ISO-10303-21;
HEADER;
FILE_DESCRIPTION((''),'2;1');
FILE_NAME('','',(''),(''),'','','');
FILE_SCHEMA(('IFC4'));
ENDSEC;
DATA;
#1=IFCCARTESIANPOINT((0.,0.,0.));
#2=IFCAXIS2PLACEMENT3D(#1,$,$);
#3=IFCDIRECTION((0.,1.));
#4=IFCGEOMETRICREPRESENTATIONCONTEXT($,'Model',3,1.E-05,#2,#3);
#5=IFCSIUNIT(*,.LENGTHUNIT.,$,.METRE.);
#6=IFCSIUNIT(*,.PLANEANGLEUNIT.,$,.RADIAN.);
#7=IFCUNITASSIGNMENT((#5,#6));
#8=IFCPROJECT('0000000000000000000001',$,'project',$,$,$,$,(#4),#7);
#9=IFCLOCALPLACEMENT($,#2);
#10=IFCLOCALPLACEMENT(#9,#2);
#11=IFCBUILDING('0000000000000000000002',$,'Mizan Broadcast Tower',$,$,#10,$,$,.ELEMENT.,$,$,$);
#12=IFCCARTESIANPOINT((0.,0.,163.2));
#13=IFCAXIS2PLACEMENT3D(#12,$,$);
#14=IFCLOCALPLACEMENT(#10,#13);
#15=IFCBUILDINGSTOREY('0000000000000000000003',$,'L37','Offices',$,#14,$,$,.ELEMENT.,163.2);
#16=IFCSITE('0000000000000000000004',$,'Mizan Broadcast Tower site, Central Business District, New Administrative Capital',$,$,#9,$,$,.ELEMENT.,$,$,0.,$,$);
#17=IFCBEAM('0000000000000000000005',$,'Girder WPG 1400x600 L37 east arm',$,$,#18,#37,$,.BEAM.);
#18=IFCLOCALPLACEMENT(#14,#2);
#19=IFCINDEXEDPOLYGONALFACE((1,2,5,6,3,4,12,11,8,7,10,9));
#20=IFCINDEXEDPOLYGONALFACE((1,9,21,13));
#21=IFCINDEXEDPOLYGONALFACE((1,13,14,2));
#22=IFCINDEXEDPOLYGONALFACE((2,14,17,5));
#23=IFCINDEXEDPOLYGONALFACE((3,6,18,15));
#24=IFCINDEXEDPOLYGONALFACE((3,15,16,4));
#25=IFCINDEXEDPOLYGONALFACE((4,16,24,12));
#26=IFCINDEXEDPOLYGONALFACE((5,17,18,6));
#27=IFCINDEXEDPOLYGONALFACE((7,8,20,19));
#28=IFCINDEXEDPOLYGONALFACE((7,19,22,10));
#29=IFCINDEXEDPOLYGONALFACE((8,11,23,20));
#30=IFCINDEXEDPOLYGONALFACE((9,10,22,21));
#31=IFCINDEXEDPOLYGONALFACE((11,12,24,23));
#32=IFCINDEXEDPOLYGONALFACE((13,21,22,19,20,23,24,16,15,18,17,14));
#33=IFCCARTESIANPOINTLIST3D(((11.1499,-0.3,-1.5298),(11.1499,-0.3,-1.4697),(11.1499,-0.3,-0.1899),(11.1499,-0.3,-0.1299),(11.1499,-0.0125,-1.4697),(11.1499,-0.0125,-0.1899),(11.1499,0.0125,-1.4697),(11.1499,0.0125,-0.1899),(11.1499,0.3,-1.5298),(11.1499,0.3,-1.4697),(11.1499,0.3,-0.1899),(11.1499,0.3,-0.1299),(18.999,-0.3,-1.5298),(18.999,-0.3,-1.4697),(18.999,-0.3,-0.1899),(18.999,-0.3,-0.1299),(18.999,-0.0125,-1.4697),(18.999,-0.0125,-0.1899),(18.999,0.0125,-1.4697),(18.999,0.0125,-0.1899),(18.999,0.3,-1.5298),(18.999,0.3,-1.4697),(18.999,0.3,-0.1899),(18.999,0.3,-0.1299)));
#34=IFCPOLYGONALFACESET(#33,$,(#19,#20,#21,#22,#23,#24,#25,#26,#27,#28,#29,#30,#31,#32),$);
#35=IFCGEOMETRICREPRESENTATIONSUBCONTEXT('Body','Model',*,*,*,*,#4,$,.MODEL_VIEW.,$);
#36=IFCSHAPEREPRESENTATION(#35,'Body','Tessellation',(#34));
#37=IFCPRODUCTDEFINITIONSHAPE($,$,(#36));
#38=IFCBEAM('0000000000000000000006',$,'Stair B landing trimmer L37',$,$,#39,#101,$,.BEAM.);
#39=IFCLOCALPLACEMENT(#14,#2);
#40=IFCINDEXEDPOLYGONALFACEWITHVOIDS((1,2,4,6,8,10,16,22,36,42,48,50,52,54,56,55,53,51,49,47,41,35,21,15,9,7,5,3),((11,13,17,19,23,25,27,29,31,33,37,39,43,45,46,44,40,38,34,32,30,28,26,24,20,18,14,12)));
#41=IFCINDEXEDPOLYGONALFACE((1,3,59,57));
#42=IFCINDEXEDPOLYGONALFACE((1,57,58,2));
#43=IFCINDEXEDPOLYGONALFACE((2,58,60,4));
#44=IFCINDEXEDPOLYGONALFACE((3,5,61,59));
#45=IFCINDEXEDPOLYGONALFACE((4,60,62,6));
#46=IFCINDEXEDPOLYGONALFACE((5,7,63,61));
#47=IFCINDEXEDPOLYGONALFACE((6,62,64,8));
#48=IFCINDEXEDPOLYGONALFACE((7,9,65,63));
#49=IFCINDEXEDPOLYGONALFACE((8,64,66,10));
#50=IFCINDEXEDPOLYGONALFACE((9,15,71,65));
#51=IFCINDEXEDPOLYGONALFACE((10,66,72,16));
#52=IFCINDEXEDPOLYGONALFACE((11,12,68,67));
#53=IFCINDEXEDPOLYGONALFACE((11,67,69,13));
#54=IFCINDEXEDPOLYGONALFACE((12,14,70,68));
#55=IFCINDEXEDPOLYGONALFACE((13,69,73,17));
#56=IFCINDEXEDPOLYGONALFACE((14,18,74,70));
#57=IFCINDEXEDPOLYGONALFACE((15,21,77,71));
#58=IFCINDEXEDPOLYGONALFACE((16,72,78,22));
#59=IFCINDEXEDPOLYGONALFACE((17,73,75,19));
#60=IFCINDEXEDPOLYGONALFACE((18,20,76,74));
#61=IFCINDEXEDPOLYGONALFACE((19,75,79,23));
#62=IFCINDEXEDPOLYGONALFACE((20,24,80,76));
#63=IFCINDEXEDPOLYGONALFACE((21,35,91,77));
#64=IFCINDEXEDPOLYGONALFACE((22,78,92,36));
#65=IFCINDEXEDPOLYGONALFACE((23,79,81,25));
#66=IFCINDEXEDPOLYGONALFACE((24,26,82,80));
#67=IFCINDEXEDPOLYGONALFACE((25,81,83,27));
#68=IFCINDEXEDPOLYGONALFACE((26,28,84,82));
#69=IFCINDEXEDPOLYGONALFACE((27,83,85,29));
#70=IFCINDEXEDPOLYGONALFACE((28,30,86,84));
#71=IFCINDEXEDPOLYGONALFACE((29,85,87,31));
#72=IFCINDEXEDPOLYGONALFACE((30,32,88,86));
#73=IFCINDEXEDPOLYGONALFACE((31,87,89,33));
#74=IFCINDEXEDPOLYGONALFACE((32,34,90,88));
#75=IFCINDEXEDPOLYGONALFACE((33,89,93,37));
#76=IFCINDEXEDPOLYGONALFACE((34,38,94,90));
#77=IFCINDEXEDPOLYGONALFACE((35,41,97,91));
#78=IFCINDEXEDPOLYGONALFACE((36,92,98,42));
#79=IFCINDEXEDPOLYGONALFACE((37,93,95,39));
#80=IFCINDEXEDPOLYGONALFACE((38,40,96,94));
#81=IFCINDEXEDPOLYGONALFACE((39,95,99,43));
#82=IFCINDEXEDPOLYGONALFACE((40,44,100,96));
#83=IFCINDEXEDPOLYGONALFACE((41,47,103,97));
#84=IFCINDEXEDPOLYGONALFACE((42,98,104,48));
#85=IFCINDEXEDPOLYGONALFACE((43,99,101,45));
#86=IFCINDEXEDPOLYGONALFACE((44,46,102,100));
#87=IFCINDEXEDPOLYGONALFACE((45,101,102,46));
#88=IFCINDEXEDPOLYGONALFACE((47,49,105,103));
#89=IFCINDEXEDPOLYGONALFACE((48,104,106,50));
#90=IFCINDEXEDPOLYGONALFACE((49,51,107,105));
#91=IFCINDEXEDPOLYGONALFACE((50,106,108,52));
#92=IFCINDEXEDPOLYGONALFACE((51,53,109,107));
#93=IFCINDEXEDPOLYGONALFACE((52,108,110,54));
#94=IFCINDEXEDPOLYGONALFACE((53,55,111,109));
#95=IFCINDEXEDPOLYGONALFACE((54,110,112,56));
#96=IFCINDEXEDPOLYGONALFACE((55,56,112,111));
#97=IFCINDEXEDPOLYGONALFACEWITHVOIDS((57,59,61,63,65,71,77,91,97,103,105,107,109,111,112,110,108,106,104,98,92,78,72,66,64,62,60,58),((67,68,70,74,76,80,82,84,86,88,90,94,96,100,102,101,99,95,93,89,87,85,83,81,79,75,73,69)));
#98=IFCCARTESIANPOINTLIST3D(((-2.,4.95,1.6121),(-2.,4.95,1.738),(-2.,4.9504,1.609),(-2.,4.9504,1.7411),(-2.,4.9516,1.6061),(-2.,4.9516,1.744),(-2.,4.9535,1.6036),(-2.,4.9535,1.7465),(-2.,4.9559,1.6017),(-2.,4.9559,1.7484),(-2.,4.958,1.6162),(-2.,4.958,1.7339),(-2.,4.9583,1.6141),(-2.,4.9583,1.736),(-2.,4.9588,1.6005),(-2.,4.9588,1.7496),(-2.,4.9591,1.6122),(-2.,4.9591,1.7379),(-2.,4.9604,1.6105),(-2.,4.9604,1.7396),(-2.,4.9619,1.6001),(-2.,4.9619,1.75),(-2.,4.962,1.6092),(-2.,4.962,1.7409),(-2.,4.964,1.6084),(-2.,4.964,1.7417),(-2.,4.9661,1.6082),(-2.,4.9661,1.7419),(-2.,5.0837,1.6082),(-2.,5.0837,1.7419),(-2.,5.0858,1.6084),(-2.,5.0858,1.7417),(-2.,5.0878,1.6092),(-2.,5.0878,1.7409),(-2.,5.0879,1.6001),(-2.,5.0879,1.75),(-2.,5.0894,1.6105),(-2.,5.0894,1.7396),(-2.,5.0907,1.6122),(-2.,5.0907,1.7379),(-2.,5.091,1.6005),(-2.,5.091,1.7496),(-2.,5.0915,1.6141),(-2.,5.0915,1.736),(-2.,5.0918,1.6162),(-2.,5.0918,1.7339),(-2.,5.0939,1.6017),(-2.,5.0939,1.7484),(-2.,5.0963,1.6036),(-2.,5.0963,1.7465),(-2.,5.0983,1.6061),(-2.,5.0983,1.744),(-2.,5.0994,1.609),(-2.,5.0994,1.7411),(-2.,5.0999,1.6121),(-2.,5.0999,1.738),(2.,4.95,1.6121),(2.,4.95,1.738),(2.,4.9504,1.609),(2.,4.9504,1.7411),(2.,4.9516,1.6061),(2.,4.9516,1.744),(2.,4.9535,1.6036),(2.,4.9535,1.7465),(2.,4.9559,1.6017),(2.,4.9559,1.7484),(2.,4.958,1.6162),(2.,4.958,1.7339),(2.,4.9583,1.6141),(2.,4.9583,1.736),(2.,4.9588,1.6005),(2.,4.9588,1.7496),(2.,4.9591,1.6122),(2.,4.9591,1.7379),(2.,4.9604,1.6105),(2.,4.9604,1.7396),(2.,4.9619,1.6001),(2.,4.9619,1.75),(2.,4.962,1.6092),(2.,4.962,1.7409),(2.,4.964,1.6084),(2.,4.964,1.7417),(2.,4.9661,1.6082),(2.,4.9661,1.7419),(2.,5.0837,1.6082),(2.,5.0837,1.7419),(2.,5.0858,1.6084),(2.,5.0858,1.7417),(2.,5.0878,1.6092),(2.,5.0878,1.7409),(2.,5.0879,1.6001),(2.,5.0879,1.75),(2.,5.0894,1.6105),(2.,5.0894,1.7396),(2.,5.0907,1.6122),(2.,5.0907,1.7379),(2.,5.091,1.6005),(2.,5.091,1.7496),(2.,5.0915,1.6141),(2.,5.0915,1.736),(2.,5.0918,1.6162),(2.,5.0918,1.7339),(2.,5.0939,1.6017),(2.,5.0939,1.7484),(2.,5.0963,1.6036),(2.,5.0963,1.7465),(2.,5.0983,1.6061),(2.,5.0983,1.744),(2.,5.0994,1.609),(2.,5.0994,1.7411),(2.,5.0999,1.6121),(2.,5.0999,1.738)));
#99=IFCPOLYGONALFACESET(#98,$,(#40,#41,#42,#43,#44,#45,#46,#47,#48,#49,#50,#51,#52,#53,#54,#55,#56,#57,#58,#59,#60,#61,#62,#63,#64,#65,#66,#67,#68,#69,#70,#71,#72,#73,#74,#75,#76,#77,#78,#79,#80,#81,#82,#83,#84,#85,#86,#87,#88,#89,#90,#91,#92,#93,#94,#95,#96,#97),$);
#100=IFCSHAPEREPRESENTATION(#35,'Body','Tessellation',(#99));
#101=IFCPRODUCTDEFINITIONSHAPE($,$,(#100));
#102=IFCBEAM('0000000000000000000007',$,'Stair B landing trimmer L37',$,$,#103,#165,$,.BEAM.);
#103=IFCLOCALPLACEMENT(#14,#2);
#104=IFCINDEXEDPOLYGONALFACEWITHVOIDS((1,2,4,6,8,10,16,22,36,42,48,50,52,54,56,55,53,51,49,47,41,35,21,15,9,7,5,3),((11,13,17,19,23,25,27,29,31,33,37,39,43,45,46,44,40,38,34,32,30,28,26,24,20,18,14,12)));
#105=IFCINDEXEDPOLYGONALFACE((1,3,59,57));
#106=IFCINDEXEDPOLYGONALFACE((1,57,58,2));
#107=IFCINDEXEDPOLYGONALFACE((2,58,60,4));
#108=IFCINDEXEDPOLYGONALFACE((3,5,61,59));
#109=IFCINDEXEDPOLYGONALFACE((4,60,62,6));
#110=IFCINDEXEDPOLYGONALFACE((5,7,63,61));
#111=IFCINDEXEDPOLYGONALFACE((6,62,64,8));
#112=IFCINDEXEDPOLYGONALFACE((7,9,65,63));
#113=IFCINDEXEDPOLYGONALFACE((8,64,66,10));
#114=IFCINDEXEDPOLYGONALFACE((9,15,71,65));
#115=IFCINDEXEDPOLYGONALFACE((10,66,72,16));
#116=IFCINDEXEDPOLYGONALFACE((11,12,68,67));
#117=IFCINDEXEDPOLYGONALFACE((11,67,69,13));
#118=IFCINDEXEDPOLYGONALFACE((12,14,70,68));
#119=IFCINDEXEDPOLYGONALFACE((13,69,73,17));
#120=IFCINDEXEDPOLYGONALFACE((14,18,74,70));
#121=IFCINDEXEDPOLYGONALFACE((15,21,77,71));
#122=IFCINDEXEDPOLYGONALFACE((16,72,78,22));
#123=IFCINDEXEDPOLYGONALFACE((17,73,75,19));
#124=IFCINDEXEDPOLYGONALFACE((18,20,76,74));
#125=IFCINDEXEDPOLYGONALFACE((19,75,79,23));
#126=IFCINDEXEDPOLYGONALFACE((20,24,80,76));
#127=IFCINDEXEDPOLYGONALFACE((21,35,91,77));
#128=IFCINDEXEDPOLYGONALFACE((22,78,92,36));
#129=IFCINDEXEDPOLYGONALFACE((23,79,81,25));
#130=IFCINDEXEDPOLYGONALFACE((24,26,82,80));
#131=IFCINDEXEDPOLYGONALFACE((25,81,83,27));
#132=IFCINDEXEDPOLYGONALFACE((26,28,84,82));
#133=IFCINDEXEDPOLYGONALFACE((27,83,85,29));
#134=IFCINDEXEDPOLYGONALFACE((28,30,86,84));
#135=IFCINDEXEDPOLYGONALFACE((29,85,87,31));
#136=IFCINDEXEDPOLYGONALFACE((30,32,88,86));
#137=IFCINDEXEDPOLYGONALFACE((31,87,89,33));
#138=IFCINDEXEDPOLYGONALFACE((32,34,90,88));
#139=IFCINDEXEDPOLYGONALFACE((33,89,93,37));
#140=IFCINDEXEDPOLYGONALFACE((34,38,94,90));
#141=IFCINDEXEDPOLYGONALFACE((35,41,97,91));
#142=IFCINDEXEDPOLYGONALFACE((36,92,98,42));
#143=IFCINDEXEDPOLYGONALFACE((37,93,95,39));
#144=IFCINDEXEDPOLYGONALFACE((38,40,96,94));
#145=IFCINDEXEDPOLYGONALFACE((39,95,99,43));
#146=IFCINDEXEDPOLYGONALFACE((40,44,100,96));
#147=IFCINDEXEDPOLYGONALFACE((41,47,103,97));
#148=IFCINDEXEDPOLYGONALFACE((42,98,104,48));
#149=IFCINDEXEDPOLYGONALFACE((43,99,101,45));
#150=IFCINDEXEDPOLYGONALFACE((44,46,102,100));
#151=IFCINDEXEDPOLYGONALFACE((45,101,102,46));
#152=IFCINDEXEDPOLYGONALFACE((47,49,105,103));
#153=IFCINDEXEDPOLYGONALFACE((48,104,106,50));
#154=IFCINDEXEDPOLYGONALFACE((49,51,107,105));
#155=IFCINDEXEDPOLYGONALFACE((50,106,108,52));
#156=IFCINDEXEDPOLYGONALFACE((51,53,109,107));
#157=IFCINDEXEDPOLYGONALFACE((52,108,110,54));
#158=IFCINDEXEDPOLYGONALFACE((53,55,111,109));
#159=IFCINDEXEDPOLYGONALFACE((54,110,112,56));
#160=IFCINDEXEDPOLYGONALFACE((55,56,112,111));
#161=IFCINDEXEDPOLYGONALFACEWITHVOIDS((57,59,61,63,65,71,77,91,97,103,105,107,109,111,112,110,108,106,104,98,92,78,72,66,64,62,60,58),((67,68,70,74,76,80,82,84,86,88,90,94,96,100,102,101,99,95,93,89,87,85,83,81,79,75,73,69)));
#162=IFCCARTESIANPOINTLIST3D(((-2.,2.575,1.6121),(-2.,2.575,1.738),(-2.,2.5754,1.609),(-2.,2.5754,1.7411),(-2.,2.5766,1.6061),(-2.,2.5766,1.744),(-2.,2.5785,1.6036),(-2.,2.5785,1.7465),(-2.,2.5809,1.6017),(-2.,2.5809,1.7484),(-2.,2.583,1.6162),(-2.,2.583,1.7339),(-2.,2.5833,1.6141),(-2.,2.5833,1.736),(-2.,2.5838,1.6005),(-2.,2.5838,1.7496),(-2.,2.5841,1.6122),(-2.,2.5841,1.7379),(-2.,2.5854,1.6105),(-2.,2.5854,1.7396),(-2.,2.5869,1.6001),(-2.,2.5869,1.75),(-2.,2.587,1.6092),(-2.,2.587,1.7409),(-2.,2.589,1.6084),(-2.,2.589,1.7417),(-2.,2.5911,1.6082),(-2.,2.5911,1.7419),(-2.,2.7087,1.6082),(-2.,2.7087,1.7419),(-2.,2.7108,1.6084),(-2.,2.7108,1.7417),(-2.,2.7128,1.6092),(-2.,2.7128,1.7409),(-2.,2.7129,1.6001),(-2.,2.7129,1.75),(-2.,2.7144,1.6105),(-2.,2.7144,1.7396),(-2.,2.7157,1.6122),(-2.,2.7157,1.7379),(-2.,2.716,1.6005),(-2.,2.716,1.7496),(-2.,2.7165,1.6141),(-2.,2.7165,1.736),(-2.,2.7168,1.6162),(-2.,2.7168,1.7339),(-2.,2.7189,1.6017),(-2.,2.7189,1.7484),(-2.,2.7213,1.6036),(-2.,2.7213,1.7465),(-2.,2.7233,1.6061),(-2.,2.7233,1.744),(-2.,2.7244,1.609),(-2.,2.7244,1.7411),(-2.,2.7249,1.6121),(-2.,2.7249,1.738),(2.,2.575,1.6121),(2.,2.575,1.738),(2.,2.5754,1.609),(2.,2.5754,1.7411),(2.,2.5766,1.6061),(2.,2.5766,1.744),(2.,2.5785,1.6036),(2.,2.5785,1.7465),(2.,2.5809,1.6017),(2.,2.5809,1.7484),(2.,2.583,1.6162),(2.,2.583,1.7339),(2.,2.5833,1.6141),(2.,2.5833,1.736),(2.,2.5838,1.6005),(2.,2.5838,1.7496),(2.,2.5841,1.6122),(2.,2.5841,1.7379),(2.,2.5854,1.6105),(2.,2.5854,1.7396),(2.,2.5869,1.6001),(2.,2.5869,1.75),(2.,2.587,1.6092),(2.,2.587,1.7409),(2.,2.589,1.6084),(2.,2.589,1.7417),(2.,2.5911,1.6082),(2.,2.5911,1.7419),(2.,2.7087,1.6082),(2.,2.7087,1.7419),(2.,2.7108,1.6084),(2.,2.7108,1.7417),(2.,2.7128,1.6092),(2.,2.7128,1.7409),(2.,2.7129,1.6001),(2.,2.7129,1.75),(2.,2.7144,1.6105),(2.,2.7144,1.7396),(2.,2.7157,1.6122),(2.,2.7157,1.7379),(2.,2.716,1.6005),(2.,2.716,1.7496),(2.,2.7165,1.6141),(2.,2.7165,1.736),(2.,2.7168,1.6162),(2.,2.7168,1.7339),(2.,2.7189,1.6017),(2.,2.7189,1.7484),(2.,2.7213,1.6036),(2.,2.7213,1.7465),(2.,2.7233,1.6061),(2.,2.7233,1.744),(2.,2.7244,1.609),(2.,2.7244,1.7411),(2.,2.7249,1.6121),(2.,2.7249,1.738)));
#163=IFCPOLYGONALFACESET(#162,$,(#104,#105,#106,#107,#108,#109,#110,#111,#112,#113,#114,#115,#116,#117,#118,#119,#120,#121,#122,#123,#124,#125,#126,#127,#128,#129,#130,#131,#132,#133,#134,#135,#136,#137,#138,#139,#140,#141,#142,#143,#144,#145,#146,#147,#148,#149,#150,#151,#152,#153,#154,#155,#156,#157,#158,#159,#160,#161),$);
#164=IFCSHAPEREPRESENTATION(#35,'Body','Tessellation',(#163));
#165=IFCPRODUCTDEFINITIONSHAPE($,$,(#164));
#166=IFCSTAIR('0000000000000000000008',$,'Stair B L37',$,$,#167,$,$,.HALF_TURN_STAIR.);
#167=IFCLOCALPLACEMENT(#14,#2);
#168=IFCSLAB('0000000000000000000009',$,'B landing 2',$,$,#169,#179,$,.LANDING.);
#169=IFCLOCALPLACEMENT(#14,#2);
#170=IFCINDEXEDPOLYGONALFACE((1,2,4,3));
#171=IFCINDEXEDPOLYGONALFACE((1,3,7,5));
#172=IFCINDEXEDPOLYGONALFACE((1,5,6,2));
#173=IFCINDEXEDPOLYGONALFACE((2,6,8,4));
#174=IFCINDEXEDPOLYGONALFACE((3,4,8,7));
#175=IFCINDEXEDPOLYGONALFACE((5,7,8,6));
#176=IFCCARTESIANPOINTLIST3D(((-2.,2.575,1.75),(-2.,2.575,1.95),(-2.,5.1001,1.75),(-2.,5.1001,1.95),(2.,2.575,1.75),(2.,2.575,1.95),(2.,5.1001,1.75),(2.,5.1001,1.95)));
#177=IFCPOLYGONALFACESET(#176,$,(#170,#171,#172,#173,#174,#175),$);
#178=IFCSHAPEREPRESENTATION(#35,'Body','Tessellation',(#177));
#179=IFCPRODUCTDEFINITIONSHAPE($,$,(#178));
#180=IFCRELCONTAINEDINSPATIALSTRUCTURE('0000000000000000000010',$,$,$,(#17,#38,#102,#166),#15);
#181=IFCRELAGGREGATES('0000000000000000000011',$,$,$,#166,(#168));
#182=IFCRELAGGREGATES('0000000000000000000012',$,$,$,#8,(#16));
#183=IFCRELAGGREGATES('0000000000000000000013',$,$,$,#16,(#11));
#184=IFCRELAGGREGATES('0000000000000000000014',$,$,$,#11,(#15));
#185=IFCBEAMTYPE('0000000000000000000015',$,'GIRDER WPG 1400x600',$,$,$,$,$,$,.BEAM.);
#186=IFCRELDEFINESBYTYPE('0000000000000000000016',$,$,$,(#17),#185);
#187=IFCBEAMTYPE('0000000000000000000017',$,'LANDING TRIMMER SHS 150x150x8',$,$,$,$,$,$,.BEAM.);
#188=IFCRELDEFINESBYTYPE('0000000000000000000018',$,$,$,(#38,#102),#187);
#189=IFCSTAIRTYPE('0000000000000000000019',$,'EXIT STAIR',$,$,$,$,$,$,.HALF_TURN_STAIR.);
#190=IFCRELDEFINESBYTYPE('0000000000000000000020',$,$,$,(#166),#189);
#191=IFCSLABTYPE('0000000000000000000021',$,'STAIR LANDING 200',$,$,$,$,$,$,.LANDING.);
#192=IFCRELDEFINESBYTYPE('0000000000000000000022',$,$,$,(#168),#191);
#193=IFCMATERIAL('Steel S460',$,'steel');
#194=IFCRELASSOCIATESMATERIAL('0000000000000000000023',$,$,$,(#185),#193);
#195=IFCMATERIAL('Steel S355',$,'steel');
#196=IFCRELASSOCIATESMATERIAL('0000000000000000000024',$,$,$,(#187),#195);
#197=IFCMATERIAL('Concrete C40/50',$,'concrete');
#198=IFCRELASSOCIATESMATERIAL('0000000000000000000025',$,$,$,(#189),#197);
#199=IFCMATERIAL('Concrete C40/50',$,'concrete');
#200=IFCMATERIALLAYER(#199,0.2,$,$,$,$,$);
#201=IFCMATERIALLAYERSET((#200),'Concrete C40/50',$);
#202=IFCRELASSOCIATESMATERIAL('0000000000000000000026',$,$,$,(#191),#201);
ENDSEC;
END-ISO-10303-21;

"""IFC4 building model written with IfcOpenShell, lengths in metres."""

from ifc_helpers import new_model, si_unit, direction, frame, origin, origin_2d, place, context, subcontext, project, spatial, polyline, hollow_rectangle, i_section, outline, extrude, material, layer, layer_set, material_profile, profile_set, type_object, element, aggregate, save


model = new_model("IFC4")

# Units and contexts
model_context = context("Model", 3, precision=1e-05, world=origin(), true_north=direction((0.0, 1.0)))
body_context = subcontext(model_context, "Body", "Model", "MODEL_VIEW")
ifc_project = project(units=[si_unit("LENGTHUNIT", "METRE"), si_unit("PLANEANGLEUNIT", "RADIAN")], contexts=[model_context])

# Site, building, storey
site_placement = place(None, origin())
site = spatial("IfcSite", under=ifc_project, at=site_placement, Name="Mizan Broadcast Tower site, Central Business District, New Administrative Capital", CompositionType="ELEMENT", RefElevation=0.0)
building_placement = place(site_placement, origin())
building = spatial("IfcBuilding", under=site, at=building_placement, Name="Mizan Broadcast Tower", CompositionType="ELEMENT")
storey_placement = place(building_placement, frame((0.0, 0.0, 163.2)))
storey = spatial("IfcBuildingStorey", under=building, at=storey_placement, Name="L37", Description="Offices", CompositionType="ELEMENT", Elevation=163.2)

# Beams
ifc_material_1 = material(Name="Steel S460", Category="steel")
ifc_material_profile_1 = material_profile(ifc_material_1, i_section(OverallWidth=0.6001, OverallDepth=1.3999, WebThickness=0.0249, FlangeThickness=0.0601, at=origin_2d()), Name="WPG 1400x600")
ifc_profile_set_1 = profile_set([ifc_material_profile_1], Name="Steel S460")
beam_type_1 = type_object("IfcBeamType", Name="GIRDER WPG 1400x600", PredefinedType="BEAM", material=ifc_profile_set_1)
beam_placement = place(storey_placement, frame((11.1499, 0.0, -0.8298), z_axis=(1.0, 0.0, 0.0), x_axis=(0.0, 1.0, 0.0)))
element("IfcBeam", 1, at=beam_placement, inside=storey, type_object=beam_type_1, Name="Girder WPG 1400x600 L37 east arm", PredefinedType="BEAM", context=body_context, shape_type="SweptSolid", body=[
    extrude(i_section(OverallWidth=0.6001, OverallDepth=1.3999, WebThickness=0.0249, FlangeThickness=0.0601, at=origin_2d()), origin(), (0.0, 0.0, 1.0), 7.8491),
])
ifc_material_2 = material(Name="Steel S355", Category="steel")
ifc_material_profile_2 = material_profile(ifc_material_2, hollow_rectangle(XDim=0.1499, YDim=0.1499, WallThickness=0.0081, InnerFilletRadius=0.0081, OuterFilletRadius=0.012, at=origin_2d()), Name="SHS 150x150x8")
ifc_profile_set_2 = profile_set([ifc_material_profile_2], Name="Steel S355")
beam_type_2 = type_object("IfcBeamType", Name="LANDING TRIMMER SHS 150x150x8", PredefinedType="BEAM", material=ifc_profile_set_2)
for number, where, z_axis, x_axis, name in (
    (2, (2.0, 5.0249, 1.675), (-1.0, 0.0, 0.0), (0.0, -1.0, 0.0), "Stair B landing trimmer L37"),
    (3, (2.0, 2.6499, 1.675), (-1.0, 0.0, 0.0), (0.0, -1.0, 0.0), "Stair B landing trimmer L37"),
):
    element("IfcBeam", number, at=place(storey_placement, frame(where, z_axis=z_axis, x_axis=x_axis)), inside=storey, type_object=beam_type_2, Name=name, PredefinedType="BEAM", context=body_context, shape_type="SweptSolid", body=[
        extrude(hollow_rectangle(XDim=0.1499, YDim=0.1499, WallThickness=0.0081, InnerFilletRadius=0.0081, OuterFilletRadius=0.012, at=origin_2d()), origin(), (0.0, 0.0, 1.0), 4.0),
    ])

# Stair, slab
ifc_material_3 = material(Name="Concrete C40/50", Category="concrete")
stair_type = type_object("IfcStairType", Name="EXIT STAIR", PredefinedType="HALF_TURN_STAIR", material=ifc_material_3)
stair_placement = place(storey_placement, origin())
stair = element("IfcStair", 4, at=stair_placement, inside=storey, type_object=stair_type, Name="Stair B L37", PredefinedType="HALF_TURN_STAIR")
ifc_material_4 = material(Name="Concrete C40/50", Category="concrete")
ifc_layer_1 = layer(ifc_material_4, 0.2)
ifc_layer_set_1 = layer_set([ifc_layer_1], Name="Concrete C40/50")
slab_type = type_object("IfcSlabType", Name="STAIR LANDING 200", PredefinedType="LANDING", material=ifc_layer_set_1)
slab_placement = place(storey_placement, frame((0.0, 0.0, 1.75)))
slab = element("IfcSlab", 5, at=slab_placement, type_object=slab_type, Name="B landing 2", PredefinedType="LANDING", context=body_context, shape_type="SweptSolid", body=[
    extrude(outline(polyline([(2.0, 5.1001), (2.0, 2.575), (-2.0, 2.575), (-2.0, 5.1001), (2.0, 5.1001)])), origin(), (0.0, 0.0, 1.0), 0.2),
])

aggregate(stair, [slab])

save(model, "model.ifc")
